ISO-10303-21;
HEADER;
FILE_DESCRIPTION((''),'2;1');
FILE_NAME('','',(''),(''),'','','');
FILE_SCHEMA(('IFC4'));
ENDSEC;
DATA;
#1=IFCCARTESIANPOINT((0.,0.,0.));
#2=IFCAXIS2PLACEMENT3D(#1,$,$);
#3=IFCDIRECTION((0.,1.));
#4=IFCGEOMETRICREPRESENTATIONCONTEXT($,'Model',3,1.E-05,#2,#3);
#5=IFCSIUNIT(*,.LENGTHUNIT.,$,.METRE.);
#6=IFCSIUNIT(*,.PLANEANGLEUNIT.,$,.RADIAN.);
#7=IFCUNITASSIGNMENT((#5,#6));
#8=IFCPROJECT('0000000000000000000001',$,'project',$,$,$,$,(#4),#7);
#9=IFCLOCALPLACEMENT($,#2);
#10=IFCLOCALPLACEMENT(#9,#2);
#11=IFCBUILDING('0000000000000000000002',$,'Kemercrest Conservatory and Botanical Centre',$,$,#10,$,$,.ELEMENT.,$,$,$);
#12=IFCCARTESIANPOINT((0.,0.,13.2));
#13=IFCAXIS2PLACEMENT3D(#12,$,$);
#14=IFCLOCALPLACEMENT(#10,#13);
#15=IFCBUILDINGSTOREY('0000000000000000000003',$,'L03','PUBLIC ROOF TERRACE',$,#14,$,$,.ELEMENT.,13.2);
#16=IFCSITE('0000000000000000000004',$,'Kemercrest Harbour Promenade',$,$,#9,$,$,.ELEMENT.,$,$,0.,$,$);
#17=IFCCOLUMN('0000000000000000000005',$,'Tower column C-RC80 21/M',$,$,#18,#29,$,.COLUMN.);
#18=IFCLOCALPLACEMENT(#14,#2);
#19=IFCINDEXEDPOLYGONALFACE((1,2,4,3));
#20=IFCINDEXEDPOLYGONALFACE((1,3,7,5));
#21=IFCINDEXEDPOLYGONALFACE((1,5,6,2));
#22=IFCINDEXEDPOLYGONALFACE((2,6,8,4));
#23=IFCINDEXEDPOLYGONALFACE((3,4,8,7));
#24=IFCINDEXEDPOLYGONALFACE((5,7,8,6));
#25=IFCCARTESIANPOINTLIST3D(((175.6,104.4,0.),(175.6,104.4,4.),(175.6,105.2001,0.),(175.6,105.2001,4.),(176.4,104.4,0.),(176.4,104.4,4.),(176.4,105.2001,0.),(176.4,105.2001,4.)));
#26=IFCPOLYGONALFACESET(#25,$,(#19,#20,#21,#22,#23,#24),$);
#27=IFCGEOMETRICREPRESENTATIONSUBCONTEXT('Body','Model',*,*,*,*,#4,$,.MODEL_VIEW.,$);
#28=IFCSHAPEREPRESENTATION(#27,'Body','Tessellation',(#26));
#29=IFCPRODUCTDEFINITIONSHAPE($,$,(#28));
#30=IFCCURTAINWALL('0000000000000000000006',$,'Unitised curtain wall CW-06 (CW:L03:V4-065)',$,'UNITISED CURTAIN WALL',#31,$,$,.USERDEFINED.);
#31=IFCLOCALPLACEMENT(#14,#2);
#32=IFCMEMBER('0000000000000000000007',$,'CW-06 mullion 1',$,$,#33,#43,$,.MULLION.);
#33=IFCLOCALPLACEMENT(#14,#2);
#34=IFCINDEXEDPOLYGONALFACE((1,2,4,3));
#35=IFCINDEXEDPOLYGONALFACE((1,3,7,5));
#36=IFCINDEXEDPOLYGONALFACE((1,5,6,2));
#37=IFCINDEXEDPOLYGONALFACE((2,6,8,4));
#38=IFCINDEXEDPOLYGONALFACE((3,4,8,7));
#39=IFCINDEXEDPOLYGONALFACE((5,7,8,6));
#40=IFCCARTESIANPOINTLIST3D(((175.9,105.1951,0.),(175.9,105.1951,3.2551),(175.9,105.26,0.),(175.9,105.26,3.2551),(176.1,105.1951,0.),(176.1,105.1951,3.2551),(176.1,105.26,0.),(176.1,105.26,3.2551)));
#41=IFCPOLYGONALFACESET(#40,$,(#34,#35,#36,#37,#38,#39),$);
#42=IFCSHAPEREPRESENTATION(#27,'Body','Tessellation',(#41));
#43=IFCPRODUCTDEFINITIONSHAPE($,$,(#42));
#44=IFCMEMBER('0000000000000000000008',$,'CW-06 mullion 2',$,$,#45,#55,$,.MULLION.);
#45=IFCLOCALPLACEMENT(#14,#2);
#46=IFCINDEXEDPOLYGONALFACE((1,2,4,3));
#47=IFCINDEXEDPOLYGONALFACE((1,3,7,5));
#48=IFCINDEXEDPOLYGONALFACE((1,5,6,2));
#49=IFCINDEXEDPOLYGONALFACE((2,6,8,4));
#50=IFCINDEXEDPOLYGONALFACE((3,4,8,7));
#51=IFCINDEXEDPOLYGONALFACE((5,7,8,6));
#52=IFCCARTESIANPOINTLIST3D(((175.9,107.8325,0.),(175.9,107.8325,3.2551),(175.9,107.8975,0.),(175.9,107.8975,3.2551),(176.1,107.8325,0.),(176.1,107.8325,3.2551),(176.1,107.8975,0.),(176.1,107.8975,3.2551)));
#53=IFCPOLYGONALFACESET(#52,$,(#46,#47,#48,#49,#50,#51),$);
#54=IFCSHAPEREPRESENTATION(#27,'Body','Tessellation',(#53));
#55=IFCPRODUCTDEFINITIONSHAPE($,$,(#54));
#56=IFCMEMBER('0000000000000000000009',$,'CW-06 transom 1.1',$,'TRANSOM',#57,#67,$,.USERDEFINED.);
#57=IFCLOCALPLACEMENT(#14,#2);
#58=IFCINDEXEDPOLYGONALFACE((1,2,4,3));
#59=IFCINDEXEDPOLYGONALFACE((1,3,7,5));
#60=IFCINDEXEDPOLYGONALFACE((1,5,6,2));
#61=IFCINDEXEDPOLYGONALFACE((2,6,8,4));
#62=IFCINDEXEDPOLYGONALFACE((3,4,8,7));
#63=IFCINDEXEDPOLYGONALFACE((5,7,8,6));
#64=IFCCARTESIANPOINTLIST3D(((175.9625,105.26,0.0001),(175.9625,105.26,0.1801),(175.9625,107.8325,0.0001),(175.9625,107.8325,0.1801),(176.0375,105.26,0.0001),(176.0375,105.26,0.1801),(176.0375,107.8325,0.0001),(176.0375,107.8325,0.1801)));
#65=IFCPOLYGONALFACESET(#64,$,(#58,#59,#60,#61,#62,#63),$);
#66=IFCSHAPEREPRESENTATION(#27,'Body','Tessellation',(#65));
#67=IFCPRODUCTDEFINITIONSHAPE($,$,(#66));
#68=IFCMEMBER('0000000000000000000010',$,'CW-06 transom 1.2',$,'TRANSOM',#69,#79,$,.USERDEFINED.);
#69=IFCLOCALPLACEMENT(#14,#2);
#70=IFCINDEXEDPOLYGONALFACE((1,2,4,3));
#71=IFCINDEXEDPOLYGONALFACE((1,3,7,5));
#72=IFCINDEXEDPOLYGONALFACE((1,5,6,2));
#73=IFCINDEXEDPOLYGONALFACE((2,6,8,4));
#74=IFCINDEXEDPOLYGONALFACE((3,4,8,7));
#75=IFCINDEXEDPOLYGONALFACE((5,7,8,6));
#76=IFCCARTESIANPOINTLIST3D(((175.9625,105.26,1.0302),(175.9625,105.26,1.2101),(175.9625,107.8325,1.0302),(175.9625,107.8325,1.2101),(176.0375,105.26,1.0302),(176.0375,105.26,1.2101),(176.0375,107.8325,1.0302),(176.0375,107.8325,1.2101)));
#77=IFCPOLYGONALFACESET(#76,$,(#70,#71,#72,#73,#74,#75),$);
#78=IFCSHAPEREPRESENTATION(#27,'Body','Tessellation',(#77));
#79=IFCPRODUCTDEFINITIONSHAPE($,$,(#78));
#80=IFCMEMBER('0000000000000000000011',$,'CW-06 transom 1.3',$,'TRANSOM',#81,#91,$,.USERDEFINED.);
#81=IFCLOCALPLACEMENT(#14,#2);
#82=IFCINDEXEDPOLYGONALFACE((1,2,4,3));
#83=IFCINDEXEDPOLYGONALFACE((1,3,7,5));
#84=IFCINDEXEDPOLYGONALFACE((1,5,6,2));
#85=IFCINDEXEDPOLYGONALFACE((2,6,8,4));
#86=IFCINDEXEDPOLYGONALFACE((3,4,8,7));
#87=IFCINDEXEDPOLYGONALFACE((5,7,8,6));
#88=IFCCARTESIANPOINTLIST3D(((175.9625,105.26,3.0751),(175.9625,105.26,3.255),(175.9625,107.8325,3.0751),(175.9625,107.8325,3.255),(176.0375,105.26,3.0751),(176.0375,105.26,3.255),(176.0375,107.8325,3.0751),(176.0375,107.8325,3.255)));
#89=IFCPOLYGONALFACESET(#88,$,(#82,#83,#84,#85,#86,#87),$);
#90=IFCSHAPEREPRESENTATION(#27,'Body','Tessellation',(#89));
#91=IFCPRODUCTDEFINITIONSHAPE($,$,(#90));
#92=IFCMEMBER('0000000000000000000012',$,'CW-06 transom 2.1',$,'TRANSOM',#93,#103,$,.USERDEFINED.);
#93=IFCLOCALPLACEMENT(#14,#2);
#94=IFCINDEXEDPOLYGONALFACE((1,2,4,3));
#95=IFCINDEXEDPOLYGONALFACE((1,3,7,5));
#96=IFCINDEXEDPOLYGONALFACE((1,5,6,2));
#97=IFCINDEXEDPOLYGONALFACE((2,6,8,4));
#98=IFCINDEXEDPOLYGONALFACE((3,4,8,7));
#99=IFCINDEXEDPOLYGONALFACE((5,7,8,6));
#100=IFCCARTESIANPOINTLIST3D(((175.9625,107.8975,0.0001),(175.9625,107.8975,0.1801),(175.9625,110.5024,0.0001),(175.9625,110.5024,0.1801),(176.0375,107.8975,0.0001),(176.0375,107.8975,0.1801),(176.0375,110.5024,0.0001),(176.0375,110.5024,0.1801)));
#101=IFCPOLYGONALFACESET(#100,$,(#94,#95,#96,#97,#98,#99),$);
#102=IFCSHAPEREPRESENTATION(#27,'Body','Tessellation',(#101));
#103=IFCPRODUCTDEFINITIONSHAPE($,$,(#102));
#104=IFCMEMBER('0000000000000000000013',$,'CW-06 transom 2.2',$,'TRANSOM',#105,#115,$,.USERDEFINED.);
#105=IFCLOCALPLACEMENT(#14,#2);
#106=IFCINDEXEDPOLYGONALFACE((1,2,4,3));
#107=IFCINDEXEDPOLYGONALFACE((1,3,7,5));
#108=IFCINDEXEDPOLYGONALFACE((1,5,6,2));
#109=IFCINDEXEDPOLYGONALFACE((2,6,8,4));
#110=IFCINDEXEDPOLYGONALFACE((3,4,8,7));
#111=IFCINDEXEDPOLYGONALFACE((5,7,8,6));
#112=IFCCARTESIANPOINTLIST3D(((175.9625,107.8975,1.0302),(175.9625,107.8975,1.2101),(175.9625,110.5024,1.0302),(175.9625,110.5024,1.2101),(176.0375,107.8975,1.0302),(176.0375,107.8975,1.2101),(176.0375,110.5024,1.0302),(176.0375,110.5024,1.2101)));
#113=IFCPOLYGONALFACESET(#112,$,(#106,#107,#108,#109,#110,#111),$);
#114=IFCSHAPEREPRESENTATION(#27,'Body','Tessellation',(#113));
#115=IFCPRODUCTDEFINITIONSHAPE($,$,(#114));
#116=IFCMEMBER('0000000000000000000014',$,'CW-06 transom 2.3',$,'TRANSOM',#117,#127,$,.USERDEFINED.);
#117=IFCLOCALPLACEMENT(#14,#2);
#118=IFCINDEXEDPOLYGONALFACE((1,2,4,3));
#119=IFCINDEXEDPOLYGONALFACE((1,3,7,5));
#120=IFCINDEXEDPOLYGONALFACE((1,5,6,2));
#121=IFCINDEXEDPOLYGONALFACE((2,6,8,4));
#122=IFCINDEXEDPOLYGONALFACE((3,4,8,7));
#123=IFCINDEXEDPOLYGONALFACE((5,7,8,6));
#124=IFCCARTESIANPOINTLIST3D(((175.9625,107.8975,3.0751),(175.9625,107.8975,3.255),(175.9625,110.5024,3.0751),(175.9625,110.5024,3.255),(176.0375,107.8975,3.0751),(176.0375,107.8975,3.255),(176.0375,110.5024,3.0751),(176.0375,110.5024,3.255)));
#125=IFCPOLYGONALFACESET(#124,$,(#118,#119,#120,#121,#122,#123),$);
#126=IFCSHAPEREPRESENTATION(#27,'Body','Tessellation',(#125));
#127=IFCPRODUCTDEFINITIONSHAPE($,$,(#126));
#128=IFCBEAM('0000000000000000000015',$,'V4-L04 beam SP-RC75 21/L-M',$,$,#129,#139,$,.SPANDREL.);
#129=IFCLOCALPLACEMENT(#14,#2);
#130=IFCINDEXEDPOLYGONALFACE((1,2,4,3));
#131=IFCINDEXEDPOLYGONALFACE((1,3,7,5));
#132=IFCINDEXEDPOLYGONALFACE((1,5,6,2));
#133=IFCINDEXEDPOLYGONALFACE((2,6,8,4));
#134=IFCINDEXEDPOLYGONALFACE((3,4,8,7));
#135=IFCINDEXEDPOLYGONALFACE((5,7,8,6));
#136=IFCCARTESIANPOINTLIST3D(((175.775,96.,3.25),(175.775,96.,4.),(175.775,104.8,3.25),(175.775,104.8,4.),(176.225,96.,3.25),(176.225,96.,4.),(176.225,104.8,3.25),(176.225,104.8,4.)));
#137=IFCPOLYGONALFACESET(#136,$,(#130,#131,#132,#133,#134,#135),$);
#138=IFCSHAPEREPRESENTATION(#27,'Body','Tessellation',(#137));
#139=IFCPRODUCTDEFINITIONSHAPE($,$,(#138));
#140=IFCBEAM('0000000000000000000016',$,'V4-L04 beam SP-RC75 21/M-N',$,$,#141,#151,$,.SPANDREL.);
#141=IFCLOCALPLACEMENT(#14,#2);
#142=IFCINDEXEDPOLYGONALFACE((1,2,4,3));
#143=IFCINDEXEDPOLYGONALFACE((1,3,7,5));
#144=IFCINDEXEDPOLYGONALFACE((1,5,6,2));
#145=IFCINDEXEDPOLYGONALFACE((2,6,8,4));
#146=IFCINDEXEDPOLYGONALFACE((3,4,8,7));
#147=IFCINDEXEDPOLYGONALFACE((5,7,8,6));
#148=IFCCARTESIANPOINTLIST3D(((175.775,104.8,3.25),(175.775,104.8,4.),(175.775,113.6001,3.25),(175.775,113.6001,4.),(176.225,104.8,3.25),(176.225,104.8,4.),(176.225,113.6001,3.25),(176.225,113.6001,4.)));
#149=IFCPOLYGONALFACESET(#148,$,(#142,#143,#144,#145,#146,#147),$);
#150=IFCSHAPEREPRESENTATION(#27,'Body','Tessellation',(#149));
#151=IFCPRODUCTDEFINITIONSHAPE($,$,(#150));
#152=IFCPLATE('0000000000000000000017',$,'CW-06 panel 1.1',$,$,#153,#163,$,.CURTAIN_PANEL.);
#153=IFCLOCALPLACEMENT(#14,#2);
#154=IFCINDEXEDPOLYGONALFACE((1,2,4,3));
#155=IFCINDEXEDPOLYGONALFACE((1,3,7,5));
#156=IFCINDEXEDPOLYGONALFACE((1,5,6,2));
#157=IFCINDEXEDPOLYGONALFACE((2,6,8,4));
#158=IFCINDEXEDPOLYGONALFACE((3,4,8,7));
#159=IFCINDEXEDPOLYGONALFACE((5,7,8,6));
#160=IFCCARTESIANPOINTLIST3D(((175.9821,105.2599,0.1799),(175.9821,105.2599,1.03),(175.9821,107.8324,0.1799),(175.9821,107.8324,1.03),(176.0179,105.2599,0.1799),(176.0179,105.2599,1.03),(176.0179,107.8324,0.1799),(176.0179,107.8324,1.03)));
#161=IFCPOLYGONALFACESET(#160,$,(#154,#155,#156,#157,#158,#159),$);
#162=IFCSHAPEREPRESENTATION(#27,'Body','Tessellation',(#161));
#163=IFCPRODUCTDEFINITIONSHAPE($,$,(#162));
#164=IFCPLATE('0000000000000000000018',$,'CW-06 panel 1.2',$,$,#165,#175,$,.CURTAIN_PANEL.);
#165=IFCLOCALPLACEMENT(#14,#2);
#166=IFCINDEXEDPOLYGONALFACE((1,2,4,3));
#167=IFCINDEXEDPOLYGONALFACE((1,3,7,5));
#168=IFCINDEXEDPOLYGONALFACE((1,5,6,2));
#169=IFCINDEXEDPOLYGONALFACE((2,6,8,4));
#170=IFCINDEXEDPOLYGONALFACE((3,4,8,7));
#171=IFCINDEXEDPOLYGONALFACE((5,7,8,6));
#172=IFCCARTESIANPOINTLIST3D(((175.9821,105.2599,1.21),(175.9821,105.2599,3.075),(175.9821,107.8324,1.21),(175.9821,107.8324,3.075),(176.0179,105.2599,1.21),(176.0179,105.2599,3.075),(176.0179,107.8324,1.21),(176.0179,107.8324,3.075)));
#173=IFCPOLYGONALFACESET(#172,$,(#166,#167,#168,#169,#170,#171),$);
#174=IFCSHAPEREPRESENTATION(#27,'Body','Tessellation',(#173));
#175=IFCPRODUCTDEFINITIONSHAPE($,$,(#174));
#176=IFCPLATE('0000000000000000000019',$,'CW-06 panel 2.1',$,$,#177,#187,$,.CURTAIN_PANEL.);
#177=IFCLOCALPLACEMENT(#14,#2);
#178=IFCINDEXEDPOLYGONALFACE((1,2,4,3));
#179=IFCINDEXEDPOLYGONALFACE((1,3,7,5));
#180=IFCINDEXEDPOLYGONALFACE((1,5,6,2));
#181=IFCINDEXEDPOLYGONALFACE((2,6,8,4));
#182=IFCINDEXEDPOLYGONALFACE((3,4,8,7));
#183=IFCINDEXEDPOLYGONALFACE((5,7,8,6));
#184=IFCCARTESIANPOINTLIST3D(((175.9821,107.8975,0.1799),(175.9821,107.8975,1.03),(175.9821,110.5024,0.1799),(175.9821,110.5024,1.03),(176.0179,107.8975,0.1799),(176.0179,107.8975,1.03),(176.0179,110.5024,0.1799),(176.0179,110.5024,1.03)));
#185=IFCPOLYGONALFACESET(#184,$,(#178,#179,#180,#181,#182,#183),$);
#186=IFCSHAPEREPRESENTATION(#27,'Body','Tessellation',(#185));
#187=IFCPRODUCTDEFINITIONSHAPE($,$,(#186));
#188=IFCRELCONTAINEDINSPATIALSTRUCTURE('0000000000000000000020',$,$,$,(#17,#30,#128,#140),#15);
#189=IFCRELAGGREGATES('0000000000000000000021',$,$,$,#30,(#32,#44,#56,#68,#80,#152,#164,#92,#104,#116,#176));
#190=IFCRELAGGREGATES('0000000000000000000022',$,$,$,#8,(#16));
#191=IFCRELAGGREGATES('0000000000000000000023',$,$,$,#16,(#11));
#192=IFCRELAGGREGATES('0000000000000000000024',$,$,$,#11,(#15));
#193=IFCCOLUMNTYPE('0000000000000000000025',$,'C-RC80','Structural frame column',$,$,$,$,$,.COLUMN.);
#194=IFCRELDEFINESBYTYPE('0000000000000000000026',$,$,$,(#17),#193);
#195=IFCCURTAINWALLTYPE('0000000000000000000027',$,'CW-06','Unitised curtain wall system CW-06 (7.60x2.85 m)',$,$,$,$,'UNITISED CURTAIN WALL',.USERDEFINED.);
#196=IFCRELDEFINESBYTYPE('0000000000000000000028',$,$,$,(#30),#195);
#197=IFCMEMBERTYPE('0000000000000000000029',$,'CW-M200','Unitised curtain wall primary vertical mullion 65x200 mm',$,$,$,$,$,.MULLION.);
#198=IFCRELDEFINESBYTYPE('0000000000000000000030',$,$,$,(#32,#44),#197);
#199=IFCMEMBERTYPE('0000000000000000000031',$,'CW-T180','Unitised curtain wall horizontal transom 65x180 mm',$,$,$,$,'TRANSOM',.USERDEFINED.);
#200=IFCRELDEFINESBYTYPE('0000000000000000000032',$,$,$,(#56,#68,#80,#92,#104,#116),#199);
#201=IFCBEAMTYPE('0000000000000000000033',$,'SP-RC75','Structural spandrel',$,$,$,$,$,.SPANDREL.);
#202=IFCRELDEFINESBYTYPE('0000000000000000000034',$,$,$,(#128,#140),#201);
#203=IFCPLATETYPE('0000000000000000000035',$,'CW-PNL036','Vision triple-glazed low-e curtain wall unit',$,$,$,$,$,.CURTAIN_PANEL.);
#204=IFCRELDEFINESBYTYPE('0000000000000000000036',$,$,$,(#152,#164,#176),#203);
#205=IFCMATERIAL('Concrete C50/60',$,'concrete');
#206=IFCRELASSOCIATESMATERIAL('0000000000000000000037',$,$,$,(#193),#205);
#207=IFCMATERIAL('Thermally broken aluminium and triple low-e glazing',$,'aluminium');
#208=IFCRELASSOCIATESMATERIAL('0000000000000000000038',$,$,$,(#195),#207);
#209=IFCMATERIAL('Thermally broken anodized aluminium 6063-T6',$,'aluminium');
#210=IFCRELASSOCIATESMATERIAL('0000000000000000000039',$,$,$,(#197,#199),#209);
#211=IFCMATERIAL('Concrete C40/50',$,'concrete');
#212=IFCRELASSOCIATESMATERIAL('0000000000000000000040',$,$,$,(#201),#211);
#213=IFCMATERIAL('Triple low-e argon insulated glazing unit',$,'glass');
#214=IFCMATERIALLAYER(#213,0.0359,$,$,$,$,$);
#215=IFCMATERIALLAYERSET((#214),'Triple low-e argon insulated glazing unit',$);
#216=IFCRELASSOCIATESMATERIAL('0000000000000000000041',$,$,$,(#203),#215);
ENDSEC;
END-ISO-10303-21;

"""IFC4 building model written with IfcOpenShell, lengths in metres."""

from ifc_helpers import new_model, si_unit, direction, frame, origin, origin_2d, place, context, subcontext, project, spatial, rectangle, extrude, material, layer, layer_set, material_profile, profile_set, type_object, element, aggregate, save


model = new_model("IFC4")

# Units and contexts
model_context = context("Model", 3, precision=1e-05, world=origin(), true_north=direction((0.0, 1.0)))
body_context = subcontext(model_context, "Body", "Model", "MODEL_VIEW")
ifc_project = project(units=[si_unit("LENGTHUNIT", "METRE"), si_unit("PLANEANGLEUNIT", "RADIAN")], contexts=[model_context])

# Site, building, storey
site_placement = place(None, origin())
site = spatial("IfcSite", under=ifc_project, at=site_placement, Name="Kemercrest Harbour Promenade", CompositionType="ELEMENT", RefElevation=0.0)
building_placement = place(site_placement, origin())
building = spatial("IfcBuilding", under=site, at=building_placement, Name="Kemercrest Conservatory and Botanical Centre", CompositionType="ELEMENT")
storey_placement = place(building_placement, frame((0.0, 0.0, 13.2)))
storey = spatial("IfcBuildingStorey", under=building, at=storey_placement, Name="L03", Description="PUBLIC ROOF TERRACE", CompositionType="ELEMENT", Elevation=13.2)

# Column
ifc_material_1 = material(Name="Concrete C50/60", Category="concrete")
ifc_material_profile_1 = material_profile(ifc_material_1, rectangle(XDim=0.8, YDim=0.8, at=origin_2d()), Name="RC 800x800")
ifc_profile_set_1 = profile_set([ifc_material_profile_1], Name="Concrete C50/60")
column_type = type_object("IfcColumnType", Name="C-RC80", Description="Structural frame column", PredefinedType="COLUMN", material=ifc_profile_set_1)
column_placement = place(storey_placement, frame((176.0, 104.8, 0.0), z_axis=(0.0, 0.0, 1.0), x_axis=(1.0, 0.0, 0.0)))
element("IfcColumn", 1, at=column_placement, inside=storey, type_object=column_type, Name="Tower column C-RC80 21/M", PredefinedType="COLUMN", context=body_context, shape_type="SweptSolid", body=[
    extrude(rectangle(XDim=0.8, YDim=0.8, at=origin_2d()), origin(), (0.0, 0.0, 1.0), 4.0),
])

# Curtain wall, members
ifc_material_2 = material(Name="Thermally broken aluminium and triple low-e glazing", Category="aluminium")
curtain_wall_type = type_object("IfcCurtainWallType", Name="CW-06", Description="Unitised curtain wall system CW-06 (7.60x2.85 m)", ElementType="UNITISED CURTAIN WALL", PredefinedType="USERDEFINED", material=ifc_material_2)
curtain_wall_placement = place(storey_placement, origin())
curtain_wall = element("IfcCurtainWall", 2, at=curtain_wall_placement, inside=storey, type_object=curtain_wall_type, Name="Unitised curtain wall CW-06 (CW:L03:V4-065)", ObjectType="UNITISED CURTAIN WALL", PredefinedType="USERDEFINED")
ifc_material_3 = material(Name="Thermally broken anodized aluminium 6063-T6", Category="aluminium")
ifc_material_profile_2 = material_profile(ifc_material_3, rectangle(XDim=0.2, YDim=0.0649, at=origin_2d()), Name="AL MULLION 65x200")
ifc_profile_set_2 = profile_set([ifc_material_profile_2], Name="Thermally broken anodized aluminium 6063-T6")
member_type_1 = type_object("IfcMemberType", Name="CW-M200", Description="Unitised curtain wall primary vertical mullion 65x200 mm", PredefinedType="MULLION", material=ifc_profile_set_2)
member_1_placement = place(storey_placement, frame((176.0, 105.2275, 0.0), z_axis=(0.0, 0.0, 1.0), x_axis=(-1.0, 0.0, 0.0)))
member_1 = element("IfcMember", 3, at=member_1_placement, type_object=member_type_1, Name="CW-06 mullion 1", PredefinedType="MULLION", context=body_context, shape_type="SweptSolid", body=[
    extrude(rectangle(XDim=0.2, YDim=0.0649, at=origin_2d()), origin(), (0.0, 0.0, 1.0), 3.2551),
])
member_2_placement = place(storey_placement, frame((176.0, 107.865, 0.0), z_axis=(0.0, 0.0, 1.0), x_axis=(-1.0, 0.0, 0.0)))
member_2 = element("IfcMember", 4, at=member_2_placement, type_object=member_type_1, Name="CW-06 mullion 2", PredefinedType="MULLION", context=body_context, shape_type="SweptSolid", body=[
    extrude(rectangle(XDim=0.2, YDim=0.0649, at=origin_2d()), origin(), (0.0, 0.0, 1.0), 3.2551),
])
ifc_material_profile_3 = material_profile(ifc_material_3, rectangle(XDim=0.075, YDim=0.1799, at=origin_2d()), Name="AL TRANSOM 75x180")
ifc_profile_set_3 = profile_set([ifc_material_profile_3], Name="Thermally broken anodized aluminium 6063-T6")
member_type_2 = type_object("IfcMemberType", Name="CW-T180", Description="Unitised curtain wall horizontal transom 65x180 mm", ElementType="TRANSOM", PredefinedType="USERDEFINED", material=ifc_profile_set_3)
member_3_placement = place(storey_placement, frame((176.0, 105.26, 0.0901), z_axis=(0.0, 1.0, 0.0), x_axis=(-1.0, 0.0, 0.0)))
member_3 = element("IfcMember", 5, at=member_3_placement, type_object=member_type_2, Name="CW-06 transom 1.1", ObjectType="TRANSOM", PredefinedType="USERDEFINED", context=body_context, shape_type="SweptSolid", body=[
    extrude(rectangle(XDim=0.075, YDim=0.1799, at=origin_2d()), origin(), (0.0, 0.0, 1.0), 2.5725),
])
member_4_placement = place(storey_placement, frame((176.0, 105.26, 1.1201), z_axis=(0.0, 1.0, 0.0), x_axis=(-1.0, 0.0, 0.0)))
member_4 = element("IfcMember", 6, at=member_4_placement, type_object=member_type_2, Name="CW-06 transom 1.2", ObjectType="TRANSOM", PredefinedType="USERDEFINED", context=body_context, shape_type="SweptSolid", body=[
    extrude(rectangle(XDim=0.075, YDim=0.1799, at=origin_2d()), origin(), (0.0, 0.0, 1.0), 2.5725),
])
member_5_placement = place(storey_placement, frame((176.0, 105.26, 3.165), z_axis=(0.0, 1.0, 0.0), x_axis=(-1.0, 0.0, 0.0)))
member_5 = element("IfcMember", 7, at=member_5_placement, type_object=member_type_2, Name="CW-06 transom 1.3", ObjectType="TRANSOM", PredefinedType="USERDEFINED", context=body_context, shape_type="SweptSolid", body=[
    extrude(rectangle(XDim=0.075, YDim=0.1799, at=origin_2d()), origin(), (0.0, 0.0, 1.0), 2.5725),
])
member_6_placement = place(storey_placement, frame((176.0, 107.8975, 0.0901), z_axis=(0.0, 1.0, 0.0), x_axis=(-1.0, 0.0, 0.0)))
member_6 = element("IfcMember", 8, at=member_6_placement, type_object=member_type_2, Name="CW-06 transom 2.1", ObjectType="TRANSOM", PredefinedType="USERDEFINED", context=body_context, shape_type="SweptSolid", body=[
    extrude(rectangle(XDim=0.075, YDim=0.1799, at=origin_2d()), origin(), (0.0, 0.0, 1.0), 2.605),
])
member_7_placement = place(storey_placement, frame((176.0, 107.8975, 1.1201), z_axis=(0.0, 1.0, 0.0), x_axis=(-1.0, 0.0, 0.0)))
member_7 = element("IfcMember", 9, at=member_7_placement, type_object=member_type_2, Name="CW-06 transom 2.2", ObjectType="TRANSOM", PredefinedType="USERDEFINED", context=body_context, shape_type="SweptSolid", body=[
    extrude(rectangle(XDim=0.075, YDim=0.1799, at=origin_2d()), origin(), (0.0, 0.0, 1.0), 2.605),
])
member_8_placement = place(storey_placement, frame((176.0, 107.8975, 3.165), z_axis=(0.0, 1.0, 0.0), x_axis=(-1.0, 0.0, 0.0)))
member_8 = element("IfcMember", 10, at=member_8_placement, type_object=member_type_2, Name="CW-06 transom 2.3", ObjectType="TRANSOM", PredefinedType="USERDEFINED", context=body_context, shape_type="SweptSolid", body=[
    extrude(rectangle(XDim=0.075, YDim=0.1799, at=origin_2d()), origin(), (0.0, 0.0, 1.0), 2.605),
])

# Beams
ifc_material_4 = material(Name="Concrete C40/50", Category="concrete")
ifc_material_profile_4 = material_profile(ifc_material_4, rectangle(XDim=0.45, YDim=0.75, at=origin_2d()), Name="RC 450x750")
ifc_profile_set_4 = profile_set([ifc_material_profile_4], Name="Concrete C40/50")
beam_type = type_object("IfcBeamType", Name="SP-RC75", Description="Structural spandrel", PredefinedType="SPANDREL", material=ifc_profile_set_4)
for number, where, z_axis, x_axis, name in (
    (11, (176.0, 96.0, 3.625), (0.0, 1.0, 0.0), (-1.0, 0.0, 0.0), "V4-L04 beam SP-RC75 21/L-M"),
    (12, (176.0, 104.8, 3.625), (0.0, 1.0, 0.0), (-1.0, 0.0, 0.0), "V4-L04 beam SP-RC75 21/M-N"),
):
    element("IfcBeam", number, at=place(storey_placement, frame(where, z_axis=z_axis, x_axis=x_axis)), inside=storey, type_object=beam_type, Name=name, PredefinedType="SPANDREL", context=body_context, shape_type="SweptSolid", body=[
        extrude(rectangle(XDim=0.45, YDim=0.75, at=origin_2d()), origin(), (0.0, 0.0, 1.0), 8.8),
    ])

# Plates
ifc_material_5 = material(Name="Triple low-e argon insulated glazing unit", Category="glass")
ifc_layer_1 = layer(ifc_material_5, 0.0359)
ifc_layer_set_1 = layer_set([ifc_layer_1], Name="Triple low-e argon insulated glazing unit")
plate_type = type_object("IfcPlateType", Name="CW-PNL036", Description="Vision triple-glazed low-e curtain wall unit", PredefinedType="CURTAIN_PANEL", material=ifc_layer_set_1)
plate_1_placement = place(storey_placement, frame((176.0, 106.5461, 0.1799), z_axis=(0.0, 0.0, 1.0), x_axis=(0.0, 1.0, 0.0)))
plate_1 = element("IfcPlate", 13, at=plate_1_placement, type_object=plate_type, Name="CW-06 panel 1.1", PredefinedType="CURTAIN_PANEL", context=body_context, shape_type="SweptSolid", body=[
    extrude(rectangle(XDim=2.5725, YDim=0.0359, at=origin_2d()), origin(), (0.0, 0.0, 1.0), 0.8501),
])
plate_2_placement = place(storey_placement, frame((176.0, 106.5461, 1.21), z_axis=(0.0, 0.0, 1.0), x_axis=(0.0, 1.0, 0.0)))
plate_2 = element("IfcPlate", 14, at=plate_2_placement, type_object=plate_type, Name="CW-06 panel 1.2", PredefinedType="CURTAIN_PANEL", context=body_context, shape_type="SweptSolid", body=[
    extrude(rectangle(XDim=2.5725, YDim=0.0359, at=origin_2d()), origin(), (0.0, 0.0, 1.0), 1.865),
])
plate_3_placement = place(storey_placement, frame((176.0, 109.2, 0.1799), z_axis=(0.0, 0.0, 1.0), x_axis=(0.0, 1.0, 0.0)))
plate_3 = element("IfcPlate", 15, at=plate_3_placement, type_object=plate_type, Name="CW-06 panel 2.1", PredefinedType="CURTAIN_PANEL", context=body_context, shape_type="SweptSolid", body=[
    extrude(rectangle(XDim=2.605, YDim=0.0359, at=origin_2d()), origin(), (0.0, 0.0, 1.0), 0.8501),
])
aggregate(curtain_wall, [member_1, member_2, member_3, member_4, member_5, plate_1, plate_2, member_6, member_7, member_8, plate_3])

save(model, "model.ifc")
